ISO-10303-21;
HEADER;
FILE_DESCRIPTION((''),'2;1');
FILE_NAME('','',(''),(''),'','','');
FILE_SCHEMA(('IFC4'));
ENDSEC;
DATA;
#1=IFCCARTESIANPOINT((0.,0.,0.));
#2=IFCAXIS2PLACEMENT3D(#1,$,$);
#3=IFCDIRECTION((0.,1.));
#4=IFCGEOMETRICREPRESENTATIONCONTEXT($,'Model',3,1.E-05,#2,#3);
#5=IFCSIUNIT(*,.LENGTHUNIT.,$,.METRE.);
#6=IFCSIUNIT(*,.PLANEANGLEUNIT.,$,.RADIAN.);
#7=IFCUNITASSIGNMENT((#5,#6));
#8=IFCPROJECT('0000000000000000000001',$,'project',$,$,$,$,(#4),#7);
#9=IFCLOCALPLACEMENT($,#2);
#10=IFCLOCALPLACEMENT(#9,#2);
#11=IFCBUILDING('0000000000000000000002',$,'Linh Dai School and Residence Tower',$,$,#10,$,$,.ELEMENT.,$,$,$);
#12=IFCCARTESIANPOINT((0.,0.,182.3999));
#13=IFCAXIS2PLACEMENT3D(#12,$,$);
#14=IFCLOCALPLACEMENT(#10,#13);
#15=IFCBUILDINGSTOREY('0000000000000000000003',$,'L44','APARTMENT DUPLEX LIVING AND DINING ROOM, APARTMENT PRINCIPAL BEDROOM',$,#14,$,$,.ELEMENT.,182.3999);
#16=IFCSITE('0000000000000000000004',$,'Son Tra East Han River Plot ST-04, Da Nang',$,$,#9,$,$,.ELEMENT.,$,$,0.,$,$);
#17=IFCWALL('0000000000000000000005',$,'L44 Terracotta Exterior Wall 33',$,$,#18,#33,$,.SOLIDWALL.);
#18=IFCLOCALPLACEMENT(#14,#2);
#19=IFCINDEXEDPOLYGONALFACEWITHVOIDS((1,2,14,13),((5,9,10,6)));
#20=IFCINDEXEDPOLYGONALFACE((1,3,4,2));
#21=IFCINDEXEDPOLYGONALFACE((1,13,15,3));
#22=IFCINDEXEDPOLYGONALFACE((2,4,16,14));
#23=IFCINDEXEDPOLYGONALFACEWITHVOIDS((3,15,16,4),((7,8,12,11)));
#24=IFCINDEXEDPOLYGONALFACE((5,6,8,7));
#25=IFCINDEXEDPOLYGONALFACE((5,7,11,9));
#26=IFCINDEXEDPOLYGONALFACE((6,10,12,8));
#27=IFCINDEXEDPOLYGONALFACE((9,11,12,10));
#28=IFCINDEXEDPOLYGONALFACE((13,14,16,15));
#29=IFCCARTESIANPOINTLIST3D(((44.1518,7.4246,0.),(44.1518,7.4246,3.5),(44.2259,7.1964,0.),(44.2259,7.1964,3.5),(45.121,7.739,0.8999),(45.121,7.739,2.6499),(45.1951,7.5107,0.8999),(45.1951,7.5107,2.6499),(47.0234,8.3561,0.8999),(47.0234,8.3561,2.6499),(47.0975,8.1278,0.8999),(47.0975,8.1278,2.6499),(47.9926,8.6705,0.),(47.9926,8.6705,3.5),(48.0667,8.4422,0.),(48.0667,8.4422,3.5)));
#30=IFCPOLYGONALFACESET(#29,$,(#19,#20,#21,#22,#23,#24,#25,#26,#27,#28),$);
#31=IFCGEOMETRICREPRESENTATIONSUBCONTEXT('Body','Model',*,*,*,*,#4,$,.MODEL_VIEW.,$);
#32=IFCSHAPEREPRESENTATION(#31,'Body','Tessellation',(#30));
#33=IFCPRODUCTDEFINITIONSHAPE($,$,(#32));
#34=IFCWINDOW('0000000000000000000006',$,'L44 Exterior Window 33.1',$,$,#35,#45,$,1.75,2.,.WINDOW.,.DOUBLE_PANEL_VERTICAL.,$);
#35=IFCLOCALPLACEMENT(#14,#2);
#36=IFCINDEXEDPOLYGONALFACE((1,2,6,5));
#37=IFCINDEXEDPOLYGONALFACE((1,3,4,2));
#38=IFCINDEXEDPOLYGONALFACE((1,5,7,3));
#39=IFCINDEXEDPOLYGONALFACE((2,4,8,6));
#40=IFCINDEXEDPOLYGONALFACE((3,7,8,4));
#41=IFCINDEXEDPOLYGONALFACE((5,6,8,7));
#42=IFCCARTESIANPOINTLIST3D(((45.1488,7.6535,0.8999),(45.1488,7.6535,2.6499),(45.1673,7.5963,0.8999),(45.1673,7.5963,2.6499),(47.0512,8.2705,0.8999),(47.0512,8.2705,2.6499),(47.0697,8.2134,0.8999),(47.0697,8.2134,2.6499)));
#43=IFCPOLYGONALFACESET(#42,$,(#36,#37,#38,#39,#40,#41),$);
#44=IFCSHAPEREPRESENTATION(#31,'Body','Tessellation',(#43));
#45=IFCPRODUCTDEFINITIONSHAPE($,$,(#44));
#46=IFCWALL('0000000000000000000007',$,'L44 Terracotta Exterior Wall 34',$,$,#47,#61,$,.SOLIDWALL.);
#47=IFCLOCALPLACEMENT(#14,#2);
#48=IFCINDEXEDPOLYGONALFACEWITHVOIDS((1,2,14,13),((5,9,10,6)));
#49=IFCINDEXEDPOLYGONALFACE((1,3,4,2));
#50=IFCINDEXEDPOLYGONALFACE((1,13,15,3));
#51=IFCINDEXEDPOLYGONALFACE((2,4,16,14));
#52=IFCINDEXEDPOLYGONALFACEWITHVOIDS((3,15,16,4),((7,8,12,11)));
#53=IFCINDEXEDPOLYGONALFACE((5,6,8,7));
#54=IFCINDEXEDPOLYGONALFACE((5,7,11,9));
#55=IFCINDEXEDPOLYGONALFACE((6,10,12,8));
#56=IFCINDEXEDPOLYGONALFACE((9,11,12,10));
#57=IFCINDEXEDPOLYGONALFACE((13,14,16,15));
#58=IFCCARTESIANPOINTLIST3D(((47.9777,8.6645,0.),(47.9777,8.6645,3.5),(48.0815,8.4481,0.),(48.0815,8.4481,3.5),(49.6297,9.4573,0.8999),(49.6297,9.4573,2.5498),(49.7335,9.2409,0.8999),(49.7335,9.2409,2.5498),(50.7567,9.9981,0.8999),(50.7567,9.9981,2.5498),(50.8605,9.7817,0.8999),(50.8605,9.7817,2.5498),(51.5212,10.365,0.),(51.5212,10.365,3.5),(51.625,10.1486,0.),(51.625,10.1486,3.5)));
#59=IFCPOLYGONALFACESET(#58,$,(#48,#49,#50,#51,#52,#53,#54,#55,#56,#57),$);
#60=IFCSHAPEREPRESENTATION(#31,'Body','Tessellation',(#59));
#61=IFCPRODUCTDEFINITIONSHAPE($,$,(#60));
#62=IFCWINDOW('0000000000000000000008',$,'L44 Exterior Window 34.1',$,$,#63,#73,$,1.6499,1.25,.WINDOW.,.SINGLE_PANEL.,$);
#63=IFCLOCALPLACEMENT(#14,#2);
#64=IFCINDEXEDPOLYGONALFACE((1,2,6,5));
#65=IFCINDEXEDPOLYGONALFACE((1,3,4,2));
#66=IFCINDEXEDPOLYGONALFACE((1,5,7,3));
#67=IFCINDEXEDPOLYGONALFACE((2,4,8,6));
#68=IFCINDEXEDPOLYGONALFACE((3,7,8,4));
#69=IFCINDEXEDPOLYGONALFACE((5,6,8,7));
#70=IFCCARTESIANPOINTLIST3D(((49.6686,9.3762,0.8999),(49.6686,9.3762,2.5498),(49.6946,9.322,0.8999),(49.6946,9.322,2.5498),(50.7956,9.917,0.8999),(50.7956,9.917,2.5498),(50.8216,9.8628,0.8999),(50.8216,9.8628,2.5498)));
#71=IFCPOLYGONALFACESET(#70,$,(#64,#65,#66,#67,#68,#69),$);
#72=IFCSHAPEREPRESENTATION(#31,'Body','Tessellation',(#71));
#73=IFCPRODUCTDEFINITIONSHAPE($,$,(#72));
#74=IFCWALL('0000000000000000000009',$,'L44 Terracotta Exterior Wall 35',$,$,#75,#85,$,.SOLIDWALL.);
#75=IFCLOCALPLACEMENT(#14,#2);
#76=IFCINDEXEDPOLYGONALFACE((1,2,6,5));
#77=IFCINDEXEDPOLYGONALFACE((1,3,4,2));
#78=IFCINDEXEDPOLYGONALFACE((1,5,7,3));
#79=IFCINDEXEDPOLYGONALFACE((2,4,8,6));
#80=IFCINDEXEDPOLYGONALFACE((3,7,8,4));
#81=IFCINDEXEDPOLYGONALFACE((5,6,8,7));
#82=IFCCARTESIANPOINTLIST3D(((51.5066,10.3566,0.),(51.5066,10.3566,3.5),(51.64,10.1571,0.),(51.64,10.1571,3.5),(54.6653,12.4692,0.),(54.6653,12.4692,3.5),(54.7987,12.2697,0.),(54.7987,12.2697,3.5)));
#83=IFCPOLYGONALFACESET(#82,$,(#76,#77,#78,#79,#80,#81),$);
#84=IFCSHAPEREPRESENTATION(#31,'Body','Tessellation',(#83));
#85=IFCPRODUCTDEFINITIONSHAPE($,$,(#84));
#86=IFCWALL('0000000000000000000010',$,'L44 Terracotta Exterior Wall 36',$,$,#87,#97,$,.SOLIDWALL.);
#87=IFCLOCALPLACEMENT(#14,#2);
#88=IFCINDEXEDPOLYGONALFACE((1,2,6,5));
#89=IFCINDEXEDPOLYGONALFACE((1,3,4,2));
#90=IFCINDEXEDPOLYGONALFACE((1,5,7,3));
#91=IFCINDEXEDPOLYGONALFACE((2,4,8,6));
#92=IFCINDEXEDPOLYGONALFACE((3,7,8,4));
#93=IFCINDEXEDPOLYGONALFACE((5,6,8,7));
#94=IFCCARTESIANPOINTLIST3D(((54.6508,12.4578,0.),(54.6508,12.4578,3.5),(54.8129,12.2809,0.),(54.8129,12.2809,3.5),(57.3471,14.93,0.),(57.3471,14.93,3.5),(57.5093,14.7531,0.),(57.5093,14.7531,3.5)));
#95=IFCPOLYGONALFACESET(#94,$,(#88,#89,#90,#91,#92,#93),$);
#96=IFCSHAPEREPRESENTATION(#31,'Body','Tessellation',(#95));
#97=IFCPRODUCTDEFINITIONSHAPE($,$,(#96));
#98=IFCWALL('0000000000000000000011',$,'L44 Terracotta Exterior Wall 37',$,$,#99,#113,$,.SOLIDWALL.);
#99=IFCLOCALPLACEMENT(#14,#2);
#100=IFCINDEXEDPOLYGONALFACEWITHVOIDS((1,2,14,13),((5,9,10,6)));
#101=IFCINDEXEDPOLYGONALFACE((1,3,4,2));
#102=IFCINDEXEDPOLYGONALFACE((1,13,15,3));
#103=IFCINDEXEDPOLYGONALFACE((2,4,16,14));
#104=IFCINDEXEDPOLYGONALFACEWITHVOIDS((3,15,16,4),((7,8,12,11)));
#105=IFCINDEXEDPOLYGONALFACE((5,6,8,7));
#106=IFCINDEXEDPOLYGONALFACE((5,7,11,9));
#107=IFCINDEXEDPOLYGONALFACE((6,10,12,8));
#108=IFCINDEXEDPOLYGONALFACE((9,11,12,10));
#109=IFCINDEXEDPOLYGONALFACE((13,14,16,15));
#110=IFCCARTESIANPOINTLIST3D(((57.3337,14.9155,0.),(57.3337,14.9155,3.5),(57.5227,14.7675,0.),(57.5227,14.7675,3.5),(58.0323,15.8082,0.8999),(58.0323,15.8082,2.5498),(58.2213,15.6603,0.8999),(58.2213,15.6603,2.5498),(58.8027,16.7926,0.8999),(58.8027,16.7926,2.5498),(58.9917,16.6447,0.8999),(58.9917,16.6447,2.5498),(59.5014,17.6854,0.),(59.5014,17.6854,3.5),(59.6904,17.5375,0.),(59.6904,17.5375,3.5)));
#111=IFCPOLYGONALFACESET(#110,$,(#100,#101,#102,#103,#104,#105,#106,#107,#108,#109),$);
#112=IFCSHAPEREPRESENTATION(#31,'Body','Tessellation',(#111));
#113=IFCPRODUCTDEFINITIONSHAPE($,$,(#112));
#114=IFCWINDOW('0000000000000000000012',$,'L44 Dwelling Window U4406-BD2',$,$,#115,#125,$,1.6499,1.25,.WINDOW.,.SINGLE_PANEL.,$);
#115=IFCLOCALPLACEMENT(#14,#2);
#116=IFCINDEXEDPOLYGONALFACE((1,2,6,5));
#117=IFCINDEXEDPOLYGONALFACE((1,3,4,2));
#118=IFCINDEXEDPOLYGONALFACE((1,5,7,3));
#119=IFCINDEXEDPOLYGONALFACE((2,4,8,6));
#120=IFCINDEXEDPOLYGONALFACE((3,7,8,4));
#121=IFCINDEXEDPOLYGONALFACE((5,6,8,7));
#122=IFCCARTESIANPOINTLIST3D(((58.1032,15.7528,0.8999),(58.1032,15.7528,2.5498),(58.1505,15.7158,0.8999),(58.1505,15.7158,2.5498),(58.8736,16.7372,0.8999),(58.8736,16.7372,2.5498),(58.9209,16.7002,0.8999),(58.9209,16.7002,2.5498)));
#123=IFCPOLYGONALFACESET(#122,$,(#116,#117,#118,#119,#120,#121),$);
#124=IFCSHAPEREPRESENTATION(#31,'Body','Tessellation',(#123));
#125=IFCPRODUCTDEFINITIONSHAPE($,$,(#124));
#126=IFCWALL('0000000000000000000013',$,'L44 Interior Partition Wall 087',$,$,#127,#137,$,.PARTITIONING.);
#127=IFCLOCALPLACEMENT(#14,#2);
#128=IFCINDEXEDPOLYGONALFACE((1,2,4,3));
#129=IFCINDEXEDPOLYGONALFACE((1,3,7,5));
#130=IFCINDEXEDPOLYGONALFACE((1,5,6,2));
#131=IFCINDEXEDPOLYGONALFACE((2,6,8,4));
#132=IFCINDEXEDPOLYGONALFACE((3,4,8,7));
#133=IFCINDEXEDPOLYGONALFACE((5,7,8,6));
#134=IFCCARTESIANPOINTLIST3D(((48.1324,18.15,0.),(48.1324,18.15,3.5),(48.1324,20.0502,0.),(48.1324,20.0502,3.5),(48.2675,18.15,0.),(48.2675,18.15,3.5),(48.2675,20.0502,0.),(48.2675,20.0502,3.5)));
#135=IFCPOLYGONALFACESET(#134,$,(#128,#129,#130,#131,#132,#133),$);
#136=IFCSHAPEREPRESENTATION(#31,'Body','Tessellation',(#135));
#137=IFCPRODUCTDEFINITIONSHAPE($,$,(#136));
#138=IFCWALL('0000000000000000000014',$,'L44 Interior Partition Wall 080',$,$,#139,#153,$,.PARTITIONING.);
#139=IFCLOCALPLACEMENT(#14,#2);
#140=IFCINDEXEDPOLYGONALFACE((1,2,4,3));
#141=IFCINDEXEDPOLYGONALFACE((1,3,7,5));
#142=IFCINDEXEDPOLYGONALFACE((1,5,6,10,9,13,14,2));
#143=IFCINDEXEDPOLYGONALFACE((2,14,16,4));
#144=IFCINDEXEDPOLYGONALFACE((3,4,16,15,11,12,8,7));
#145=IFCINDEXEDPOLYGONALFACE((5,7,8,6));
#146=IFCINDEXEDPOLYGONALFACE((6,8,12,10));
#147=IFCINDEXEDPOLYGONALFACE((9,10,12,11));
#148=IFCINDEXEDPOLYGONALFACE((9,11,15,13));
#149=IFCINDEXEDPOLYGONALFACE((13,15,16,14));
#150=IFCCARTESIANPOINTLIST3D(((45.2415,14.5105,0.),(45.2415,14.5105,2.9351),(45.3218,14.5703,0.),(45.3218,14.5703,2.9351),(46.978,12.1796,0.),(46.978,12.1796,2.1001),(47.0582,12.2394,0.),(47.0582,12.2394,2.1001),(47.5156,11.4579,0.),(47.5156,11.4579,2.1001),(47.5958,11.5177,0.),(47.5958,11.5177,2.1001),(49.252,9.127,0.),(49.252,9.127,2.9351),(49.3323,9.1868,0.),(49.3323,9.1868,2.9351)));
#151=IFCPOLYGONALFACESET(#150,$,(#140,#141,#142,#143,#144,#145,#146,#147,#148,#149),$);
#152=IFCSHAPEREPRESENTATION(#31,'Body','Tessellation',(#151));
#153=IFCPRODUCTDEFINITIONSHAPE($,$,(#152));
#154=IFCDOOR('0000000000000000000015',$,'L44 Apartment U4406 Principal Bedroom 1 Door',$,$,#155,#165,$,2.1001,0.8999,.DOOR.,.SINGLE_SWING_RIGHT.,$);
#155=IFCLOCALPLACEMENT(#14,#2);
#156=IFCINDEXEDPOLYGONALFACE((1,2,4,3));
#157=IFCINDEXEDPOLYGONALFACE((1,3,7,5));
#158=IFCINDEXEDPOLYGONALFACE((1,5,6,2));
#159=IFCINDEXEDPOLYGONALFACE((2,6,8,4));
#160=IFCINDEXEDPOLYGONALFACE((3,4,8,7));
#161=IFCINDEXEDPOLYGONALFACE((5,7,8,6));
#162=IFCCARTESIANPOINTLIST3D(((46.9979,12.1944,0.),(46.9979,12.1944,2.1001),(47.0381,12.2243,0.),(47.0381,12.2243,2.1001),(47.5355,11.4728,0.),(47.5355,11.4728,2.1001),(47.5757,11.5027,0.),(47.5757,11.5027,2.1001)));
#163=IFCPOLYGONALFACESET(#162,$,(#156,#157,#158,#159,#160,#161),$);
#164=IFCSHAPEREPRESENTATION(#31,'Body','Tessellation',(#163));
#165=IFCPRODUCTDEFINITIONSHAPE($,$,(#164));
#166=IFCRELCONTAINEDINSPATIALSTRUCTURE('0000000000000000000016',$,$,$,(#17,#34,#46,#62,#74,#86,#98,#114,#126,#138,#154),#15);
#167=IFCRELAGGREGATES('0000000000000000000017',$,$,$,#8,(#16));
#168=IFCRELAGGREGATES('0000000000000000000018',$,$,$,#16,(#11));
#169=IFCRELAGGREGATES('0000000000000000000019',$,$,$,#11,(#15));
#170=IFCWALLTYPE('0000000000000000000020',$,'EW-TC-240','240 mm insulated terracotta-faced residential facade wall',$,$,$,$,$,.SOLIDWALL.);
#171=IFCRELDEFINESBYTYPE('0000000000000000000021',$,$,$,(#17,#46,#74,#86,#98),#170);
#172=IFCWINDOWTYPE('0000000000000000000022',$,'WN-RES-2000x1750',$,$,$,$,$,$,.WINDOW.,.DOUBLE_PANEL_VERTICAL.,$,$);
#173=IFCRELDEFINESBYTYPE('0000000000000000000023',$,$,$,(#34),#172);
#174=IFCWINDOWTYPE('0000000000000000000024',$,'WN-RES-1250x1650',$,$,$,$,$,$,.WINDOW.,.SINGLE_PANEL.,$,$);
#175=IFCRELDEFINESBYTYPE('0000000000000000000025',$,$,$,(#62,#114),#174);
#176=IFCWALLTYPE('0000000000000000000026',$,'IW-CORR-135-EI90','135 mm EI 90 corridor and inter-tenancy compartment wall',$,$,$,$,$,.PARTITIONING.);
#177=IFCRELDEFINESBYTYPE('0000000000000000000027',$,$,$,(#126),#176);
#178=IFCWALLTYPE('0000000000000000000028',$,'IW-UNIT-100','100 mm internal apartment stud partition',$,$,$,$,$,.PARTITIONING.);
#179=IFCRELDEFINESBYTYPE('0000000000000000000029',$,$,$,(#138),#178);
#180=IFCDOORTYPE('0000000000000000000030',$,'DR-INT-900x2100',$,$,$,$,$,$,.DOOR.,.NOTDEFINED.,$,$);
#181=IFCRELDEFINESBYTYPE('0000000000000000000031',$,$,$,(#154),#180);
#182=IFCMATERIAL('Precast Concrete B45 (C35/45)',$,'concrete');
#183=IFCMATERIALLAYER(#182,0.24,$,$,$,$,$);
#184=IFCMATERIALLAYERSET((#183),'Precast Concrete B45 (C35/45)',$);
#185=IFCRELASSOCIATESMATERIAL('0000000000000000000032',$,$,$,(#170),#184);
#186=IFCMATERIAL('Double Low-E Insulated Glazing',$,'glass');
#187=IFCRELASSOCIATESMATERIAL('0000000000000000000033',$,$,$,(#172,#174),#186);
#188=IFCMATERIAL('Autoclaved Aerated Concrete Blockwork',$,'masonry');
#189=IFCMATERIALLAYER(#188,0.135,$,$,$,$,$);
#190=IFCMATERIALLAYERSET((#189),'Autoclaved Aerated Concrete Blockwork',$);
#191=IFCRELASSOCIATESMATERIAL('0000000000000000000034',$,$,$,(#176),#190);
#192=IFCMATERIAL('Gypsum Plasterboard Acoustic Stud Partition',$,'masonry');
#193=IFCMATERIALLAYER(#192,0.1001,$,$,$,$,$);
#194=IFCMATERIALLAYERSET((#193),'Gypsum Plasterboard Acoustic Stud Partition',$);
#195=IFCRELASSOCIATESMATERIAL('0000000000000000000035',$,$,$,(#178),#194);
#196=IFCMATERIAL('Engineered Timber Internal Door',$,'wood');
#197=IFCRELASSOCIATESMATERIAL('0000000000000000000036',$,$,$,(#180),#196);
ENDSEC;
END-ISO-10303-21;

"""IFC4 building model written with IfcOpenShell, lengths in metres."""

from ifc_helpers import new_model, si_unit, direction, frame, frame_2d, origin, origin_2d, place, context, subcontext, project, spatial, rectangle, extrude, source, transform, mapped, material, layer, layer_set, type_object, element, fill, save


model = new_model("IFC4")

# Units and contexts
model_context = context("Model", 3, precision=1e-05, world=origin(), true_north=direction((0.0, 1.0)))
body_context = subcontext(model_context, "Body", "Model", "MODEL_VIEW")
ifc_project = project(units=[si_unit("LENGTHUNIT", "METRE"), si_unit("PLANEANGLEUNIT", "RADIAN")], contexts=[model_context])

# Site, building, storey
site_placement = place(None, origin())
site = spatial("IfcSite", under=ifc_project, at=site_placement, Name="Son Tra East Han River Plot ST-04, Da Nang", CompositionType="ELEMENT", RefElevation=0.0)
building_placement = place(site_placement, origin())
building = spatial("IfcBuilding", under=site, at=building_placement, Name="Linh Dai School and Residence Tower", CompositionType="ELEMENT")
storey_placement = place(building_placement, frame((0.0, 0.0, 182.3999)))
storey = spatial("IfcBuildingStorey", under=building, at=storey_placement, Name="L44", Description="APARTMENT DUPLEX LIVING AND DINING ROOM, APARTMENT PRINCIPAL BEDROOM", CompositionType="ELEMENT", Elevation=182.3999)

# Shared definitions
ifc_material_1 = material(Name="Precast Concrete B45 (C35/45)", Category="concrete")

# Walls, openings, windows
ifc_layer_1 = layer(ifc_material_1, 0.24)
ifc_layer_set_1 = layer_set([ifc_layer_1], Name="Precast Concrete B45 (C35/45)")
wall_type_1 = type_object("IfcWallType", Name="EW-TC-240", Description="240 mm insulated terracotta-faced residential facade wall", PredefinedType="SOLIDWALL", material=ifc_layer_set_1)
wall_1_placement = place(storey_placement, frame((48.0298, 8.5564, 0.0), z_axis=(0.0, 0.0, 1.0), x_axis=(-0.95121, -0.308545, 0.0)))
wall_1 = element("IfcWall", 1, at=wall_1_placement, inside=storey, type_object=wall_type_1, Name="L44 Terracotta Exterior Wall 33", PredefinedType="SOLIDWALL", context=body_context, shape_type="SweptSolid", body=[
    extrude(rectangle(XDim=4.0378, YDim=0.24, at=frame_2d((2.019, 0.0))), origin(), (0.0, 0.0, 1.0), 3.5),
])
opening_1_placement = place(wall_1_placement, frame((1.019, 0.0, 0.8999)))
opening_1 = element("IfcOpeningElement", 2, at=opening_1_placement, cuts=wall_1, PredefinedType="OPENING", context=body_context, shape_type="SweptSolid", body=[
    extrude(rectangle(XDim=2.0, YDim=1.75, at=origin_2d()), frame((1.0, 0.1299, 0.875), z_axis=(0.0, -1.0, 0.0), x_axis=(1.0, 0.0, 0.0)), (0.0, 0.0, 1.0), 0.26),
])
ifc_material_2 = material(Name="Double Low-E Insulated Glazing", Category="glass")
window_type_1 = type_object("IfcWindowType", Name="WN-RES-2000x1750", PartitioningType="DOUBLE_PANEL_VERTICAL", PredefinedType="WINDOW", material=ifc_material_2)
shared_shape_1 = source(origin(), body_context, "Body", "SweptSolid", [
    extrude(rectangle(XDim=2.0, YDim=1.75, at=origin_2d()), frame((1.0, 0.03, 0.875), z_axis=(0.0, -1.0, 0.0), x_axis=(1.0, 0.0, 0.0)), (0.0, 0.0, 1.0), 0.0601),
])
window_1_placement = place(opening_1_placement, origin())
window_1 = element("IfcWindow", 3, at=window_1_placement, inside=storey, type_object=window_type_1, Name="L44 Exterior Window 33.1", OverallHeight=1.75, OverallWidth=2.0, PartitioningType="DOUBLE_PANEL_VERTICAL", PredefinedType="WINDOW", context=body_context, shape_type="MappedRepresentation", body=[
    mapped(shared_shape_1, transform((0.0, 0.0, 0.0), x_axis=(1.0, 0.0, 0.0), y_axis=(0.0, 1.0, 0.0), z_axis=(0.0, 0.0, 1.0), scale=1.0)),
])
fill(opening_1, window_1)
wall_2_placement = place(storey_placement, frame((51.5732, 10.2568, 0.0), z_axis=(0.0, 0.0, 1.0), x_axis=(-0.901565, -0.432644, 0.0)))
wall_2 = element("IfcWall", 4, at=wall_2_placement, inside=storey, type_object=wall_type_1, Name="L44 Terracotta Exterior Wall 34", PredefinedType="SOLIDWALL", context=body_context, shape_type="SweptSolid", body=[
    extrude(rectangle(XDim=3.9304, YDim=0.24, at=frame_2d((1.9653, 0.0))), origin(), (0.0, 0.0, 1.0), 3.5),
])
opening_2_placement = place(wall_2_placement, frame((0.8481, 0.0, 0.8999)))
opening_2 = element("IfcOpeningElement", 5, at=opening_2_placement, cuts=wall_2, PredefinedType="OPENING", context=body_context, shape_type="SweptSolid", body=[
    extrude(rectangle(XDim=1.25, YDim=1.6499, at=origin_2d()), frame((0.625, 0.1299, 0.825), z_axis=(0.0, -1.0, 0.0), x_axis=(1.0, 0.0, 0.0)), (0.0, 0.0, 1.0), 0.26),
])
window_type_2 = type_object("IfcWindowType", Name="WN-RES-1250x1650", PartitioningType="SINGLE_PANEL", PredefinedType="WINDOW", material=ifc_material_2)
shared_shape_2 = source(origin(), body_context, "Body", "SweptSolid", [
    extrude(rectangle(XDim=1.25, YDim=1.6499, at=origin_2d()), frame((0.625, 0.03, 0.825), z_axis=(0.0, -1.0, 0.0), x_axis=(1.0, 0.0, 0.0)), (0.0, 0.0, 1.0), 0.0601),
])
window_2_placement = place(opening_2_placement, origin())
window_2 = element("IfcWindow", 6, at=window_2_placement, inside=storey, type_object=window_type_2, Name="L44 Exterior Window 34.1", OverallHeight=1.6499, OverallWidth=1.25, PartitioningType="SINGLE_PANEL", PredefinedType="WINDOW", context=body_context, shape_type="MappedRepresentation", body=[
    mapped(shared_shape_2, transform((0.0, 0.0, 0.0), x_axis=(1.0, 0.0, 0.0), y_axis=(0.0, 1.0, 0.0), z_axis=(0.0, 0.0, 1.0), scale=1.0)),
])
fill(opening_2, window_2)

# Walls
wall_3_placement = place(storey_placement, frame((54.7319, 12.3694, 0.0), z_axis=(0.0, 0.0, 1.0), x_axis=(-0.831229, -0.55593, 0.0)))
element("IfcWall", 7, at=wall_3_placement, inside=storey, type_object=wall_type_1, Name="L44 Terracotta Exterior Wall 35", PredefinedType="SOLIDWALL", context=body_context, shape_type="SweptSolid", body=[
    extrude(rectangle(XDim=3.8, YDim=0.24, at=frame_2d((1.8999, 0.0))), origin(), (0.0, 0.0, 1.0), 3.5),
])
wall_4_placement = place(storey_placement, frame((57.4282, 14.8416, 0.0), z_axis=(0.0, 0.0, 1.0), x_axis=(-0.737077, -0.675809, 0.0)))
element("IfcWall", 8, at=wall_4_placement, inside=storey, type_object=wall_type_1, Name="L44 Terracotta Exterior Wall 36", PredefinedType="SOLIDWALL", context=body_context, shape_type="SweptSolid", body=[
    extrude(rectangle(XDim=3.6582, YDim=0.24, at=frame_2d((1.8291, 0.0))), origin(), (0.0, 0.0, 1.0), 3.5),
])

# Wall, opening, window
wall_5_placement = place(storey_placement, frame((59.5959, 17.6116, 0.0), z_axis=(0.0, 0.0, 1.0), x_axis=(-0.616288, -0.787521, 0.0)))
wall_5 = element("IfcWall", 9, at=wall_5_placement, inside=storey, type_object=wall_type_1, Name="L44 Terracotta Exterior Wall 37", PredefinedType="SOLIDWALL", context=body_context, shape_type="SweptSolid", body=[
    extrude(rectangle(XDim=3.5173, YDim=0.24, at=frame_2d((1.7588, 0.0))), origin(), (0.0, 0.0, 1.0), 3.5),
])
opening_3_placement = place(wall_5_placement, frame((1.1338, 0.0, 0.8999)))
opening_3 = element("IfcOpeningElement", 10, at=opening_3_placement, cuts=wall_5, PredefinedType="OPENING", context=body_context, shape_type="SweptSolid", body=[
    extrude(rectangle(XDim=1.25, YDim=1.6499, at=origin_2d()), frame((0.625, 0.1299, 0.825), z_axis=(0.0, -1.0, 0.0), x_axis=(1.0, 0.0, 0.0)), (0.0, 0.0, 1.0), 0.26),
])
window_3_placement = place(opening_3_placement, origin())
window_3 = element("IfcWindow", 11, at=window_3_placement, inside=storey, type_object=window_type_2, Name="L44 Dwelling Window U4406-BD2", OverallHeight=1.6499, OverallWidth=1.25, PartitioningType="SINGLE_PANEL", PredefinedType="WINDOW", context=body_context, shape_type="MappedRepresentation", body=[
    mapped(shared_shape_2, transform((0.0, 0.0, 0.0), x_axis=(1.0, 0.0, 0.0), y_axis=(0.0, 1.0, 0.0), z_axis=(0.0, 0.0, 1.0), scale=1.0)),
])
fill(opening_3, window_3)

# Wall
ifc_material_3 = material(Name="Autoclaved Aerated Concrete Blockwork", Category="masonry")
ifc_layer_2 = layer(ifc_material_3, 0.135)
ifc_layer_set_2 = layer_set([ifc_layer_2], Name="Autoclaved Aerated Concrete Blockwork")
wall_type_2 = type_object("IfcWallType", Name="IW-CORR-135-EI90", Description="135 mm EI 90 corridor and inter-tenancy compartment wall", PredefinedType="PARTITIONING", material=ifc_layer_set_2)
wall_6_placement = place(storey_placement, frame((48.2, 18.1499, 0.0), z_axis=(0.0, 0.0, 1.0), x_axis=(0.0, 1.0, 0.0)))
element("IfcWall", 12, at=wall_6_placement, inside=storey, type_object=wall_type_2, Name="L44 Interior Partition Wall 087", PredefinedType="PARTITIONING", context=body_context, shape_type="SweptSolid", body=[
    extrude(rectangle(XDim=1.9001, YDim=0.135, at=frame_2d((0.9502, 0.0))), origin(), (0.0, 0.0, 1.0), 3.5),
])

# Wall, opening, door
ifc_material_4 = material(Name="Gypsum Plasterboard Acoustic Stud Partition", Category="masonry")
ifc_layer_3 = layer(ifc_material_4, 0.1001)
ifc_layer_set_3 = layer_set([ifc_layer_3], Name="Gypsum Plasterboard Acoustic Stud Partition")
wall_type_3 = type_object("IfcWallType", Name="IW-UNIT-100", Description="100 mm internal apartment stud partition", PredefinedType="PARTITIONING", material=ifc_layer_set_3)
wall_7_placement = place(storey_placement, frame((45.2817, 14.5403, 0.0), z_axis=(0.0, 0.0, 1.0), x_axis=(0.597407, -0.801938, 0.0)))
wall_7 = element("IfcWall", 13, at=wall_7_placement, inside=storey, type_object=wall_type_3, Name="L44 Interior Partition Wall 080", PredefinedType="PARTITIONING", context=body_context, shape_type="SweptSolid", body=[
    extrude(rectangle(XDim=6.7131, YDim=0.1001, at=frame_2d((3.3564, 0.0))), origin(), (0.0, 0.0, 1.0), 2.9351),
])
opening_4_placement = place(wall_7_placement, frame((2.9065, 0.0, 0.0)))
opening_4 = element("IfcOpeningElement", 14, at=opening_4_placement, cuts=wall_7, PredefinedType="OPENING", context=body_context, shape_type="SweptSolid", body=[
    extrude(rectangle(XDim=0.8999, YDim=2.1001, at=origin_2d()), frame((0.45, 0.0601, 1.05), z_axis=(0.0, -1.0, 0.0), x_axis=(1.0, 0.0, 0.0)), (0.0, 0.0, 1.0), 0.1201),
])
ifc_material_5 = material(Name="Engineered Timber Internal Door", Category="wood")
door_type = type_object("IfcDoorType", Name="DR-INT-900x2100", OperationType="NOTDEFINED", PredefinedType="DOOR", material=ifc_material_5)
shared_shape_3 = source(origin(), body_context, "Body", "SweptSolid", [
    extrude(rectangle(XDim=0.8999, YDim=2.1001, at=origin_2d()), frame((0.45, 0.0249, 1.05), z_axis=(0.0, -1.0, 0.0), x_axis=(1.0, 0.0, 0.0)), (0.0, 0.0, 1.0), 0.05),
])
door_1_placement = place(opening_4_placement, origin())
door_1 = element("IfcDoor", 15, at=door_1_placement, inside=storey, type_object=door_type, Name="L44 Apartment U4406 Principal Bedroom 1 Door", OperationType="SINGLE_SWING_RIGHT", OverallHeight=2.1001, OverallWidth=0.8999, PredefinedType="DOOR", context=body_context, shape_type="MappedRepresentation", body=[
    mapped(shared_shape_3, transform((0.0, 0.0, 0.0), x_axis=(1.0, 0.0, 0.0), y_axis=(0.0, 1.0, 0.0), z_axis=(0.0, 0.0, 1.0), scale=1.0)),
])
fill(opening_4, door_1)

save(model, "model.ifc")
